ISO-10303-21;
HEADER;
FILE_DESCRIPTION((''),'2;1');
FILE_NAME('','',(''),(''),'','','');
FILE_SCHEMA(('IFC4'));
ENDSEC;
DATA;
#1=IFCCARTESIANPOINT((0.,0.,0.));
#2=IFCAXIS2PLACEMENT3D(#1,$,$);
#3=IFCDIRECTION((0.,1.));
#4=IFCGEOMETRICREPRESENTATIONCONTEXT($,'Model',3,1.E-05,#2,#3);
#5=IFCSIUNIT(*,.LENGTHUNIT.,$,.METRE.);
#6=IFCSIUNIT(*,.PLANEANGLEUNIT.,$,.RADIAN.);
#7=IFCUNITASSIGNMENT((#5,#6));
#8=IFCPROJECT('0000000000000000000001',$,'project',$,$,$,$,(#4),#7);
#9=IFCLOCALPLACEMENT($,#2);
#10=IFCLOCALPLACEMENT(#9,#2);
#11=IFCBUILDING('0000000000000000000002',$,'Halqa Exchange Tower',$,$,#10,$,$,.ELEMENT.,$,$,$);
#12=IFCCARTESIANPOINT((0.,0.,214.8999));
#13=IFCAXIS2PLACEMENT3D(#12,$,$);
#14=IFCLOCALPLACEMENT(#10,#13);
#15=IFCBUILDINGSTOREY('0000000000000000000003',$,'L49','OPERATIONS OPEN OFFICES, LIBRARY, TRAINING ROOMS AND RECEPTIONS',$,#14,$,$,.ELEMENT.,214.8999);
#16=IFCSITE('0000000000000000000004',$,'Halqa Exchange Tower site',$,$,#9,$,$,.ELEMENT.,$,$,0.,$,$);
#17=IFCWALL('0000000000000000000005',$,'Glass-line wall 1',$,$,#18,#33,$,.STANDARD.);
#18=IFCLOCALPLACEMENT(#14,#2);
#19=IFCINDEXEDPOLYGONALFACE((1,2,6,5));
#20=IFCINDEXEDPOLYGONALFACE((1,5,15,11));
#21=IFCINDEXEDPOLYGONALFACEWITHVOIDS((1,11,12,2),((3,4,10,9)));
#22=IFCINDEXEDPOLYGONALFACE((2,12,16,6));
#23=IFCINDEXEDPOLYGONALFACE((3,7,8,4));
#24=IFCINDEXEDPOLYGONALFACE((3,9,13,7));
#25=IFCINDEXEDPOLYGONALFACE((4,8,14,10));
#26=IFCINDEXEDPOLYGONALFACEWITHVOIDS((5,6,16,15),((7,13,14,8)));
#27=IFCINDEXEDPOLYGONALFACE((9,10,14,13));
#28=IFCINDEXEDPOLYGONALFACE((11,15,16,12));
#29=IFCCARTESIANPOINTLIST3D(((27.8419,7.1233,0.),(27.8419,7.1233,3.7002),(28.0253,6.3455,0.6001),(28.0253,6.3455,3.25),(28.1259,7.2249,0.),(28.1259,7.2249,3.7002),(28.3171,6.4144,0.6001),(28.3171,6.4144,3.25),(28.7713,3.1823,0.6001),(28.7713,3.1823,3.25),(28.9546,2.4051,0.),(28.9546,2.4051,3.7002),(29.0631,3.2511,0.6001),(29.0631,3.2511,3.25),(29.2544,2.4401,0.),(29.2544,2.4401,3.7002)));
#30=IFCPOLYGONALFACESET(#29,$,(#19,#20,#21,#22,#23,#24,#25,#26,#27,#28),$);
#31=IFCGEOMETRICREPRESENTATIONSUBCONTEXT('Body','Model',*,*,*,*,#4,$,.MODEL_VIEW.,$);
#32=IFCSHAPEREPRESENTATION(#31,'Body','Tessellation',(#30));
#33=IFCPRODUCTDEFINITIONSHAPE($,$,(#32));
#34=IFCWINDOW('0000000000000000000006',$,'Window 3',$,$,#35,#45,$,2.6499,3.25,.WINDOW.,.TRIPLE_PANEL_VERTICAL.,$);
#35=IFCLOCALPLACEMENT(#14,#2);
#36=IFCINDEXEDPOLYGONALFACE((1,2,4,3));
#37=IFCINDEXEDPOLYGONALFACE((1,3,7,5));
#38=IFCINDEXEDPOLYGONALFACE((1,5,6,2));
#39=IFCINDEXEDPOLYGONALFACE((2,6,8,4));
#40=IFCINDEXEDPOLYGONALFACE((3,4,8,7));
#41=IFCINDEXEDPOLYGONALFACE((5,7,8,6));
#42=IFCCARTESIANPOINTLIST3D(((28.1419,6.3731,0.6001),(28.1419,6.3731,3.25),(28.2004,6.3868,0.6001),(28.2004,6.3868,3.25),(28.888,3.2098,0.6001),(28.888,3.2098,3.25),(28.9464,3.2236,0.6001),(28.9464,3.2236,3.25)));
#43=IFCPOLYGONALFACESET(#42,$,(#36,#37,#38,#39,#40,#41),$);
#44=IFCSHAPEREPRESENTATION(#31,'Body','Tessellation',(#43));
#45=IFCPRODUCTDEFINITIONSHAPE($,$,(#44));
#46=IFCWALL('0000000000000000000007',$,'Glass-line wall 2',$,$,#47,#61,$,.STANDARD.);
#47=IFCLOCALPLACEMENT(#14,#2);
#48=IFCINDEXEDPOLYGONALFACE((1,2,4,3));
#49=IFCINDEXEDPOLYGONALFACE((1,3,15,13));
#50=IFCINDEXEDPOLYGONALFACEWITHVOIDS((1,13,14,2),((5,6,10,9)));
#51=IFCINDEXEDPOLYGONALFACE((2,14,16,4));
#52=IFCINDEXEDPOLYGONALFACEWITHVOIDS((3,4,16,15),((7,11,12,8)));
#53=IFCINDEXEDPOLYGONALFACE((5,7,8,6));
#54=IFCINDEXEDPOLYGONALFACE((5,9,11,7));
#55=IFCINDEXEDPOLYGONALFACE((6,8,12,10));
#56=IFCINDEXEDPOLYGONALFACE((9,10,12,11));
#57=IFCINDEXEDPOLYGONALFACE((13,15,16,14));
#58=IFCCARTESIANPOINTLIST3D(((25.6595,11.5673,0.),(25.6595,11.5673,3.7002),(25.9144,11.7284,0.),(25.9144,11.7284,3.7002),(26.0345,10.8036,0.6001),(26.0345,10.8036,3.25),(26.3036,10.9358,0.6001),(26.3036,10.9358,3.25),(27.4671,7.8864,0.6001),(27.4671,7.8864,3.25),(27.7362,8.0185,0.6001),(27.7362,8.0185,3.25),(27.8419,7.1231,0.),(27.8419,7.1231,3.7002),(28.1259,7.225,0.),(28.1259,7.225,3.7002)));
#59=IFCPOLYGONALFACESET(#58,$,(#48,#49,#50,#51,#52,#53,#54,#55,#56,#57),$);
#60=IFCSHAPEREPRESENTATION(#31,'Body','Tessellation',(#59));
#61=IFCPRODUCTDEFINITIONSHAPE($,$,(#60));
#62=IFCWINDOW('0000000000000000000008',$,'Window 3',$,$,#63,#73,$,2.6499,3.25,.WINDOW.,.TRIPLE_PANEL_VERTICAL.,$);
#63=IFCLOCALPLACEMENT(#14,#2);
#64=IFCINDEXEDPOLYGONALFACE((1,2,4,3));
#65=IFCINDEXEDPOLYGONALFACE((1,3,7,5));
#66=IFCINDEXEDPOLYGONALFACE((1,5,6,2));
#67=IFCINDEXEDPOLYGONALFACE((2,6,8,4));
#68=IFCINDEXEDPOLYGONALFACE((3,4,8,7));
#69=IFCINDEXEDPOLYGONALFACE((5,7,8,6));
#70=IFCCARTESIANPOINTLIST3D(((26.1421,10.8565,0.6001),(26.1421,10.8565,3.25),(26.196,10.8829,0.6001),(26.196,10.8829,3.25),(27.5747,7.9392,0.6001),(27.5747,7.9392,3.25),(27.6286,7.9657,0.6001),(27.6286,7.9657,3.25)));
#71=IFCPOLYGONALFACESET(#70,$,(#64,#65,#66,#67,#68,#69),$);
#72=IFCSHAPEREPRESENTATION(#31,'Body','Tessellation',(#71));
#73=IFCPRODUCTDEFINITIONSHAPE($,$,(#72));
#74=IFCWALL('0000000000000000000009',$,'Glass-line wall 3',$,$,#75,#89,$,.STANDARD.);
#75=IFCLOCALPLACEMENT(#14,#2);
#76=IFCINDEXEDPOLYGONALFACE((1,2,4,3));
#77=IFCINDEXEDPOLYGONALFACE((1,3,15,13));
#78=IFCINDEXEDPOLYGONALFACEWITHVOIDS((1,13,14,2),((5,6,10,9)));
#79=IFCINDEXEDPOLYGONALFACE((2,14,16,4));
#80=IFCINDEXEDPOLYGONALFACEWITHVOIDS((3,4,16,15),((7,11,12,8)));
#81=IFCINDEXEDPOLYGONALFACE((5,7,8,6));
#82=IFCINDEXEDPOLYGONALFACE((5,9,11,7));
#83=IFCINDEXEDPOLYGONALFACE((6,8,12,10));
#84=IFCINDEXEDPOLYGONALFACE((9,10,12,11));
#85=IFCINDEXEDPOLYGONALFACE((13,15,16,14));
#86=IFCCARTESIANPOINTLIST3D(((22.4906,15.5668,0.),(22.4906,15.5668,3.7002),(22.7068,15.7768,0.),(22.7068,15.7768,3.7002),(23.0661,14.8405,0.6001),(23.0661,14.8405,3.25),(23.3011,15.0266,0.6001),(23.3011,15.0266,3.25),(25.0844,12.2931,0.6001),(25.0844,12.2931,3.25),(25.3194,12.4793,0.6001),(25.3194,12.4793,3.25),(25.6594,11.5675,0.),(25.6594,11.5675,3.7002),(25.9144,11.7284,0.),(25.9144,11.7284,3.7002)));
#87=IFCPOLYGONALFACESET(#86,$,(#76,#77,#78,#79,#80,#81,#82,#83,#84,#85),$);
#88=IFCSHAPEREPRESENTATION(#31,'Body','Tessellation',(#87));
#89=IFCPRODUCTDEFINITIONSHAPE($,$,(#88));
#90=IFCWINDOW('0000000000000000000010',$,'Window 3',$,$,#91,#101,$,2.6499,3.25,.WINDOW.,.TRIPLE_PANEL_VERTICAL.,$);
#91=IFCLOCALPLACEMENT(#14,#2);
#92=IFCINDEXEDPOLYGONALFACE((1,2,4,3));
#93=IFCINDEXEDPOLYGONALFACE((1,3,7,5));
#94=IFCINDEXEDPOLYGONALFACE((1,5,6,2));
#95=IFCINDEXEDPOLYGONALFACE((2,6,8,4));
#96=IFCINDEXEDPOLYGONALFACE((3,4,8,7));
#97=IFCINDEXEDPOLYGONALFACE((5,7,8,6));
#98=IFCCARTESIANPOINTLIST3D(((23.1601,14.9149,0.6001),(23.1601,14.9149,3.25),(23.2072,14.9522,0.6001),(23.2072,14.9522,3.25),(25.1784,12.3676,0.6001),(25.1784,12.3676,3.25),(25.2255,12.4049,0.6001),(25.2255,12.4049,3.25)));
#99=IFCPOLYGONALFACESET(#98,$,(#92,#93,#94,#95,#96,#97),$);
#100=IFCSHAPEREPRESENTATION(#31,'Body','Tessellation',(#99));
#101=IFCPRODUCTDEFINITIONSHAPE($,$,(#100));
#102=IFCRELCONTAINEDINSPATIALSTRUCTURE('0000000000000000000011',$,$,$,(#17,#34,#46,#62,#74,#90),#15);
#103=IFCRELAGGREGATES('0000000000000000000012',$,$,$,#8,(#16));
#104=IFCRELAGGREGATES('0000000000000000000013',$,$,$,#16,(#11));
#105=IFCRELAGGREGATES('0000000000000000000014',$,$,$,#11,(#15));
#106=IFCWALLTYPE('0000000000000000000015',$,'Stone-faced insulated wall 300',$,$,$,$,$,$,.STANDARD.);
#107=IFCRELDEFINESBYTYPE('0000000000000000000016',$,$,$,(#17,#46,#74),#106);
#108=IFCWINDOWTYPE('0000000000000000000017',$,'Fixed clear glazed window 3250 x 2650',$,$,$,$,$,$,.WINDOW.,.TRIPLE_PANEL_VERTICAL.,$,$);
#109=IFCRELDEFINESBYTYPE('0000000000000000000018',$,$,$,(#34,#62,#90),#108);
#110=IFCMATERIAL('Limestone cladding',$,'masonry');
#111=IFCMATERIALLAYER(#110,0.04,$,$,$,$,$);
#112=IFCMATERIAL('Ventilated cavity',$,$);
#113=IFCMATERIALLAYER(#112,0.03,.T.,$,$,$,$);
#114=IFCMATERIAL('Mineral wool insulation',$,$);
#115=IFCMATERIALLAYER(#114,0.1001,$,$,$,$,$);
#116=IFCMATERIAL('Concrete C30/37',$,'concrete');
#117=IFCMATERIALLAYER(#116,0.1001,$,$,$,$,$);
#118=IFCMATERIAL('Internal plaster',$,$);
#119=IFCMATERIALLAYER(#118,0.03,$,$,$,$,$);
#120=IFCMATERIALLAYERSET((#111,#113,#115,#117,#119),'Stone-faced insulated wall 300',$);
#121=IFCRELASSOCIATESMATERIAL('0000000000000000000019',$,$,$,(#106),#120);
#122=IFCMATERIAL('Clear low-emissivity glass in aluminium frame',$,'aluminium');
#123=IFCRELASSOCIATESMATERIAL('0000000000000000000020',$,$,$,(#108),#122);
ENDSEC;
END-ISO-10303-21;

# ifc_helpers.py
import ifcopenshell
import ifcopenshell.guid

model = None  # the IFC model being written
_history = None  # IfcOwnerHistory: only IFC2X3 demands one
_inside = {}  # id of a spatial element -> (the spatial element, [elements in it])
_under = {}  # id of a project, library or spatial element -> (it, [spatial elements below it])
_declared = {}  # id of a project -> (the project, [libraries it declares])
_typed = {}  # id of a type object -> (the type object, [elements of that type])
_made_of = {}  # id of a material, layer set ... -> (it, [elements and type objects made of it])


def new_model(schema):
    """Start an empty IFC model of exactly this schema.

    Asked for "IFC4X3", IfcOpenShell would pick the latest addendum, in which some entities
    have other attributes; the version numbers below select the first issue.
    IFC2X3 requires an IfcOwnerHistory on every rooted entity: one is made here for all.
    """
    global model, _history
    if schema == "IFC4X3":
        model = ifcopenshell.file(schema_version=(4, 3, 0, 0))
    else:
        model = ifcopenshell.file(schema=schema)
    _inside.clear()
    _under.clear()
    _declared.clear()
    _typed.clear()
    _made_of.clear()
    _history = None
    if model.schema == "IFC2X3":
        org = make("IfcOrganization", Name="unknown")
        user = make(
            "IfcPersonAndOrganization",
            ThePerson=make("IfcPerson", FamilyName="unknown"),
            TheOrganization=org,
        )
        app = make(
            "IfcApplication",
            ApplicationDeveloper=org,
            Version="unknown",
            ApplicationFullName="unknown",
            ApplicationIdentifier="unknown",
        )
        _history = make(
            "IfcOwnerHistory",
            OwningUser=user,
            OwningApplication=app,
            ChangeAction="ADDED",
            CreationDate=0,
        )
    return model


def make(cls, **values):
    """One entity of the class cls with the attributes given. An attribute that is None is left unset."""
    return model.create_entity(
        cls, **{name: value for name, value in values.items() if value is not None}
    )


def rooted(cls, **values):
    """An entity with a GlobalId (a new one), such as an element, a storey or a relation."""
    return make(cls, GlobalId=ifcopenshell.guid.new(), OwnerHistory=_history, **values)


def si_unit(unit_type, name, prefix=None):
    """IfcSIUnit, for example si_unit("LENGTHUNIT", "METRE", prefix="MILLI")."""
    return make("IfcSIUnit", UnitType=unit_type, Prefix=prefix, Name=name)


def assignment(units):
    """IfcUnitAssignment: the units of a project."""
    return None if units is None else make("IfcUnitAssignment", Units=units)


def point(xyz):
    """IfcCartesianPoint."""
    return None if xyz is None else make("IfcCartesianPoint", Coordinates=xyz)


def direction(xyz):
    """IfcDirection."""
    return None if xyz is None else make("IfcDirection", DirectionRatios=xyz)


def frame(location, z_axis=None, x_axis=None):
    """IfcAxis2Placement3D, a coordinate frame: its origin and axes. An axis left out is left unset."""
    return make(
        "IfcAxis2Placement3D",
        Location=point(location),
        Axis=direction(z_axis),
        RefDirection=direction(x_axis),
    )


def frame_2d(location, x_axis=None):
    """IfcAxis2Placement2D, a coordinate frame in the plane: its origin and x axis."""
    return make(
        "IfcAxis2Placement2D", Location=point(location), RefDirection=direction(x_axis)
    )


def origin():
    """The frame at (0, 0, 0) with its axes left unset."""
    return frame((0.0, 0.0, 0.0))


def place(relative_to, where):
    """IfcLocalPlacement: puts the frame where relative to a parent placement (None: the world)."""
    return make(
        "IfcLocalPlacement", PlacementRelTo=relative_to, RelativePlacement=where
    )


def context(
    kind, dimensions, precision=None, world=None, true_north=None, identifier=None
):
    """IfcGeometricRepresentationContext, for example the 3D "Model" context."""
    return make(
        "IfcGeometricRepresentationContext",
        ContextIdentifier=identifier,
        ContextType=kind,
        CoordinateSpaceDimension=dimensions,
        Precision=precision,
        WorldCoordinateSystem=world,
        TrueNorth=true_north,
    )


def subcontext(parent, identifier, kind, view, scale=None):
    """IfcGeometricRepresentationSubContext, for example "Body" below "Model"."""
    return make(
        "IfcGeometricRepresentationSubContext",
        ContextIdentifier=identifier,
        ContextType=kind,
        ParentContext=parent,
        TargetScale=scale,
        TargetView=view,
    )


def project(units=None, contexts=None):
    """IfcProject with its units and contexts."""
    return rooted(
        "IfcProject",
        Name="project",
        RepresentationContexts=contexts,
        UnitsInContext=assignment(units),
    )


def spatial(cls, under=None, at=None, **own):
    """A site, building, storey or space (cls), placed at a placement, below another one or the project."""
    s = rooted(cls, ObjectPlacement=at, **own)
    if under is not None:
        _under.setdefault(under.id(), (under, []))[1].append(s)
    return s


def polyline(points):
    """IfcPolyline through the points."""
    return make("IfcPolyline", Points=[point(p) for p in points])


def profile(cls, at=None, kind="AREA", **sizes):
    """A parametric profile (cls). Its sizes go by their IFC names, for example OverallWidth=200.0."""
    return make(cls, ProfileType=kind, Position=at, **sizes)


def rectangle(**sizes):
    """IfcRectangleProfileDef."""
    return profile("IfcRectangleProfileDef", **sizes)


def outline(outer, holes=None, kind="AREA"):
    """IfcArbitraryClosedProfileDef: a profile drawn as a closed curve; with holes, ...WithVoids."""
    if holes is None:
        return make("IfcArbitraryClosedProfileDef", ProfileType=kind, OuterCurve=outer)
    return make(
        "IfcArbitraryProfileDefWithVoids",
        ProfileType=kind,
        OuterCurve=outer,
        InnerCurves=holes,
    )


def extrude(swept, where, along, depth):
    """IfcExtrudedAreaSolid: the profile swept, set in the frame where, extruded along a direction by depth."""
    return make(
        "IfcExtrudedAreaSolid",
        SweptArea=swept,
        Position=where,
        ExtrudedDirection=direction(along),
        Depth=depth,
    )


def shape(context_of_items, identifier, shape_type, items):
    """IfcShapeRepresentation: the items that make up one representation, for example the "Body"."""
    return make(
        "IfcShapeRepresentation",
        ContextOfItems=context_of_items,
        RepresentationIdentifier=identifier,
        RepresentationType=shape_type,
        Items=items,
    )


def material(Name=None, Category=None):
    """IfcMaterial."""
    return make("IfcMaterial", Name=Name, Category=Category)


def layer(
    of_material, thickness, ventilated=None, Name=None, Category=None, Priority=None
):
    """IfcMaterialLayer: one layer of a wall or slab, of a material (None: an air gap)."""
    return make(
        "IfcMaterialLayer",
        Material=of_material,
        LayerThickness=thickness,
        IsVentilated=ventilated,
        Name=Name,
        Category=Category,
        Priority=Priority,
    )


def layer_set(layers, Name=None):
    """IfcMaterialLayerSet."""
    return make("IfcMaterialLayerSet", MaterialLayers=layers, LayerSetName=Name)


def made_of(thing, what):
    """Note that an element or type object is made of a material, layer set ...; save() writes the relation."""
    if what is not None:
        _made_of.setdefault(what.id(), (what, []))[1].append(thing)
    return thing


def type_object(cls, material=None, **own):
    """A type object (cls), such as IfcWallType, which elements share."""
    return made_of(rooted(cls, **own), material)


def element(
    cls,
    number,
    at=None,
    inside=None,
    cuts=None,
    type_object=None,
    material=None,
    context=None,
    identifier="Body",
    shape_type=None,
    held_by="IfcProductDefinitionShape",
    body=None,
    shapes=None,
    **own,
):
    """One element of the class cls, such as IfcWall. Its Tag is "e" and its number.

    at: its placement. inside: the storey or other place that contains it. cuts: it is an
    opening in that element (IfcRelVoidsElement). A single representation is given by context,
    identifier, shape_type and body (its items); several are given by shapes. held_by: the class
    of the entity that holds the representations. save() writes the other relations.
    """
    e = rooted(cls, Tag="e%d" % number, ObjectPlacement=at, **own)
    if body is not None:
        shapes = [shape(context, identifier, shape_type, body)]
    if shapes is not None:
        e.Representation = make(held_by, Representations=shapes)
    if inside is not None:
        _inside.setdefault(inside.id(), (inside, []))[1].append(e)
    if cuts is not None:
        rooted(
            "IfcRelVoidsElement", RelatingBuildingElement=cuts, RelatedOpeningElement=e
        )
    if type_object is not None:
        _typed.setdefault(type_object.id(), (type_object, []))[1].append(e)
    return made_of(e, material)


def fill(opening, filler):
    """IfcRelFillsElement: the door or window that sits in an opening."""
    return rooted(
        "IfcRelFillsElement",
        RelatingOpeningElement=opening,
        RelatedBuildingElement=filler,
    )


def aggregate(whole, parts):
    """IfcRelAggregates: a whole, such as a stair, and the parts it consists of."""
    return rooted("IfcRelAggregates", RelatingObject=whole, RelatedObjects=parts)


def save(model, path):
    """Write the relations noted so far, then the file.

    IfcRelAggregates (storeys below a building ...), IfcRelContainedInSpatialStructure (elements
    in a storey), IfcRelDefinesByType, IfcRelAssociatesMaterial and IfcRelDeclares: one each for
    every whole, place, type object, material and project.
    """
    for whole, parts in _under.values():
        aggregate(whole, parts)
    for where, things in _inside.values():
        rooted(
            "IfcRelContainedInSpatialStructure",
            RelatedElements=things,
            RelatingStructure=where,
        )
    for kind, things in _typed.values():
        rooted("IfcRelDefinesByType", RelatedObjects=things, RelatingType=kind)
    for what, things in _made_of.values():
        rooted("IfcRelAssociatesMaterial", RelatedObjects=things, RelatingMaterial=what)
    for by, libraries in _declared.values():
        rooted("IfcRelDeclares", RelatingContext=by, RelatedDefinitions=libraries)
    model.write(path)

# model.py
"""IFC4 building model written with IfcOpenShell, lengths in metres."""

from ifc_helpers import new_model, si_unit, direction, frame, frame_2d, origin, place, context, subcontext, project, spatial, polyline, rectangle, outline, extrude, material, layer, layer_set, type_object, element, fill, save


model = new_model("IFC4")

# Units and contexts
model_context = context("Model", 3, precision=1e-05, world=origin(), true_north=direction((0.0, 1.0)))
body_context = subcontext(model_context, "Body", "Model", "MODEL_VIEW")
ifc_project = project(units=[si_unit("LENGTHUNIT", "METRE"), si_unit("PLANEANGLEUNIT", "RADIAN")], contexts=[model_context])

# Site, building, storey
site_placement = place(None, origin())
site = spatial("IfcSite", under=ifc_project, at=site_placement, Name="Halqa Exchange Tower site", CompositionType="ELEMENT", RefElevation=0.0)
building_placement = place(site_placement, origin())
building = spatial("IfcBuilding", under=site, at=building_placement, Name="Halqa Exchange Tower", CompositionType="ELEMENT")
storey_placement = place(building_placement, frame((0.0, 0.0, 214.8999)))
storey = spatial("IfcBuildingStorey", under=building, at=storey_placement, Name="L49", Description="OPERATIONS OPEN OFFICES, LIBRARY, TRAINING ROOMS AND RECEPTIONS", CompositionType="ELEMENT", Elevation=214.8999)

# Walls, openings, windows
ifc_material_1 = material(Name="Limestone cladding", Category="masonry")
ifc_layer_1 = layer(ifc_material_1, 0.04)
ifc_material_2 = material(Name="Ventilated cavity")
ifc_layer_2 = layer(ifc_material_2, 0.03, ventilated=True)
ifc_material_3 = material(Name="Mineral wool insulation")
ifc_layer_3 = layer(ifc_material_3, 0.1001)
ifc_material_4 = material(Name="Concrete C30/37", Category="concrete")
ifc_layer_4 = layer(ifc_material_4, 0.1001)
ifc_material_5 = material(Name="Internal plaster")
ifc_layer_5 = layer(ifc_material_5, 0.03)
ifc_layer_set_1 = layer_set([ifc_layer_1, ifc_layer_2, ifc_layer_3, ifc_layer_4, ifc_layer_5], Name="Stone-faced insulated wall 300")
wall_type_1 = type_object("IfcWallType", Name="Stone-faced insulated wall 300", PredefinedType="STANDARD", material=ifc_layer_set_1)
wall_1_placement = place(storey_placement, frame((29.1045, 2.4226, 0.0), z_axis=(0.0, 0.0, 1.0), x_axis=(-0.229547, 0.973298, 0.0)))
wall_1 = element("IfcWall", 1, at=wall_1_placement, inside=storey, type_object=wall_type_1, Name="Glass-line wall 1", PredefinedType="STANDARD", context=body_context, shape_type="SweptSolid", body=[
    extrude(outline(polyline([(-0.0173, -0.1499), (4.8987, -0.1499), (4.865, 0.1499), (0.0173, 0.1499), (-0.0173, -0.1499)])), origin(), (0.0, 0.0, 1.0), 3.7002),
])
opening_1_placement = place(wall_1_placement, frame((0.8159, 0.0, 0.6001)))
opening_1 = element("IfcOpeningElement", 2, at=opening_1_placement, cuts=wall_1, PredefinedType="OPENING", context=body_context, shape_type="SweptSolid", body=[
    extrude(rectangle(XDim=3.25, YDim=2.6499, at=frame_2d((1.625, 1.325))), frame((0.0, 0.1621, 0.0), z_axis=(0.0, -1.0, 0.0), x_axis=(1.0, 0.0, 0.0)), (0.0, 0.0, 1.0), 0.324),
])
ifc_material_6 = material(Name="Clear low-emissivity glass in aluminium frame", Category="aluminium")
window_type = type_object("IfcWindowType", Name="Fixed clear glazed window 3250 x 2650", PartitioningType="TRIPLE_PANEL_VERTICAL", PredefinedType="WINDOW", material=ifc_material_6)
window_1_placement = place(opening_1_placement, origin())
window_1 = element("IfcWindow", 3, at=window_1_placement, inside=storey, type_object=window_type, Name="Window 3", OverallHeight=2.6499, OverallWidth=3.25, PartitioningType="TRIPLE_PANEL_VERTICAL", PredefinedType="WINDOW", context=body_context, shape_type="SweptSolid", body=[
    extrude(rectangle(XDim=3.25, YDim=2.6499, at=frame_2d((1.625, 1.325))), frame((0.0, 0.03, 0.0), z_axis=(0.0, -1.0, 0.0), x_axis=(1.0, 0.0, 0.0)), (0.0, 0.0, 1.0), 0.0601),
])
fill(opening_1, window_1)
wall_2_placement = place(storey_placement, frame((27.9839, 7.1741, 0.0), z_axis=(0.0, 0.0, 1.0), x_axis=(-0.440795, 0.897608, 0.0)))
wall_2 = element("IfcWall", 4, at=wall_2_placement, inside=storey, type_object=wall_type_1, Name="Glass-line wall 2", PredefinedType="STANDARD", context=body_context, shape_type="SweptSolid", body=[
    extrude(outline(polyline([(-0.0168, -0.1499), (5.0002, -0.1499), (4.968, 0.1499), (0.0168, 0.1499), (-0.0168, -0.1499)])), origin(), (0.0, 0.0, 1.0), 3.7002),
])
opening_2_placement = place(wall_2_placement, frame((0.8672, 0.0, 0.6001)))
opening_2 = element("IfcOpeningElement", 5, at=opening_2_placement, cuts=wall_2, PredefinedType="OPENING", context=body_context, shape_type="SweptSolid", body=[
    extrude(rectangle(XDim=3.25, YDim=2.6499, at=frame_2d((1.625, 1.325))), frame((0.0, 0.1621, 0.0), z_axis=(0.0, -1.0, 0.0), x_axis=(1.0, 0.0, 0.0)), (0.0, 0.0, 1.0), 0.324),
])
window_2_placement = place(opening_2_placement, origin())
window_2 = element("IfcWindow", 6, at=window_2_placement, inside=storey, type_object=window_type, Name="Window 3", OverallHeight=2.6499, OverallWidth=3.25, PartitioningType="TRIPLE_PANEL_VERTICAL", PredefinedType="WINDOW", context=body_context, shape_type="SweptSolid", body=[
    extrude(rectangle(XDim=3.25, YDim=2.6499, at=frame_2d((1.625, 1.325))), frame((0.0, 0.03, 0.0), z_axis=(0.0, -1.0, 0.0), x_axis=(1.0, 0.0, 0.0)), (0.0, 0.0, 1.0), 0.0601),
])
fill(opening_2, window_2)
wall_3_placement = place(storey_placement, frame((25.7869, 11.6479, 0.0), z_axis=(0.0, 0.0, 1.0), x_axis=(-0.621017, 0.783797, 0.0)))
wall_3 = element("IfcWall", 7, at=wall_3_placement, inside=storey, type_object=wall_type_1, Name="Glass-line wall 3", PredefinedType="STANDARD", context=body_context, shape_type="SweptSolid", body=[
    extrude(outline(polyline([(-0.0161, -0.1499), (5.1489, -0.1499), (5.1187, 0.1499), (0.0161, 0.1499), (-0.0161, -0.1499)])), origin(), (0.0, 0.0, 1.0), 3.7002),
])
opening_3_placement = place(wall_3_placement, frame((0.9419, 0.0, 0.6001)))
opening_3 = element("IfcOpeningElement", 8, at=opening_3_placement, cuts=wall_3, PredefinedType="OPENING", context=body_context, shape_type="SweptSolid", body=[
    extrude(rectangle(XDim=3.25, YDim=2.6499, at=frame_2d((1.625, 1.325))), frame((0.0, 0.1621, 0.0), z_axis=(0.0, -1.0, 0.0), x_axis=(1.0, 0.0, 0.0)), (0.0, 0.0, 1.0), 0.324),
])
window_3_placement = place(opening_3_placement, origin())
window_3 = element("IfcWindow", 9, at=window_3_placement, inside=storey, type_object=window_type, Name="Window 3", OverallHeight=2.6499, OverallWidth=3.25, PartitioningType="TRIPLE_PANEL_VERTICAL", PredefinedType="WINDOW", context=body_context, shape_type="SweptSolid", body=[
    extrude(rectangle(XDim=3.25, YDim=2.6499, at=frame_2d((1.625, 1.325))), frame((0.0, 0.03, 0.0), z_axis=(0.0, -1.0, 0.0), x_axis=(1.0, 0.0, 0.0)), (0.0, 0.0, 1.0), 0.0601),
])
fill(opening_3, window_3)

save(model, "model.ifc")
